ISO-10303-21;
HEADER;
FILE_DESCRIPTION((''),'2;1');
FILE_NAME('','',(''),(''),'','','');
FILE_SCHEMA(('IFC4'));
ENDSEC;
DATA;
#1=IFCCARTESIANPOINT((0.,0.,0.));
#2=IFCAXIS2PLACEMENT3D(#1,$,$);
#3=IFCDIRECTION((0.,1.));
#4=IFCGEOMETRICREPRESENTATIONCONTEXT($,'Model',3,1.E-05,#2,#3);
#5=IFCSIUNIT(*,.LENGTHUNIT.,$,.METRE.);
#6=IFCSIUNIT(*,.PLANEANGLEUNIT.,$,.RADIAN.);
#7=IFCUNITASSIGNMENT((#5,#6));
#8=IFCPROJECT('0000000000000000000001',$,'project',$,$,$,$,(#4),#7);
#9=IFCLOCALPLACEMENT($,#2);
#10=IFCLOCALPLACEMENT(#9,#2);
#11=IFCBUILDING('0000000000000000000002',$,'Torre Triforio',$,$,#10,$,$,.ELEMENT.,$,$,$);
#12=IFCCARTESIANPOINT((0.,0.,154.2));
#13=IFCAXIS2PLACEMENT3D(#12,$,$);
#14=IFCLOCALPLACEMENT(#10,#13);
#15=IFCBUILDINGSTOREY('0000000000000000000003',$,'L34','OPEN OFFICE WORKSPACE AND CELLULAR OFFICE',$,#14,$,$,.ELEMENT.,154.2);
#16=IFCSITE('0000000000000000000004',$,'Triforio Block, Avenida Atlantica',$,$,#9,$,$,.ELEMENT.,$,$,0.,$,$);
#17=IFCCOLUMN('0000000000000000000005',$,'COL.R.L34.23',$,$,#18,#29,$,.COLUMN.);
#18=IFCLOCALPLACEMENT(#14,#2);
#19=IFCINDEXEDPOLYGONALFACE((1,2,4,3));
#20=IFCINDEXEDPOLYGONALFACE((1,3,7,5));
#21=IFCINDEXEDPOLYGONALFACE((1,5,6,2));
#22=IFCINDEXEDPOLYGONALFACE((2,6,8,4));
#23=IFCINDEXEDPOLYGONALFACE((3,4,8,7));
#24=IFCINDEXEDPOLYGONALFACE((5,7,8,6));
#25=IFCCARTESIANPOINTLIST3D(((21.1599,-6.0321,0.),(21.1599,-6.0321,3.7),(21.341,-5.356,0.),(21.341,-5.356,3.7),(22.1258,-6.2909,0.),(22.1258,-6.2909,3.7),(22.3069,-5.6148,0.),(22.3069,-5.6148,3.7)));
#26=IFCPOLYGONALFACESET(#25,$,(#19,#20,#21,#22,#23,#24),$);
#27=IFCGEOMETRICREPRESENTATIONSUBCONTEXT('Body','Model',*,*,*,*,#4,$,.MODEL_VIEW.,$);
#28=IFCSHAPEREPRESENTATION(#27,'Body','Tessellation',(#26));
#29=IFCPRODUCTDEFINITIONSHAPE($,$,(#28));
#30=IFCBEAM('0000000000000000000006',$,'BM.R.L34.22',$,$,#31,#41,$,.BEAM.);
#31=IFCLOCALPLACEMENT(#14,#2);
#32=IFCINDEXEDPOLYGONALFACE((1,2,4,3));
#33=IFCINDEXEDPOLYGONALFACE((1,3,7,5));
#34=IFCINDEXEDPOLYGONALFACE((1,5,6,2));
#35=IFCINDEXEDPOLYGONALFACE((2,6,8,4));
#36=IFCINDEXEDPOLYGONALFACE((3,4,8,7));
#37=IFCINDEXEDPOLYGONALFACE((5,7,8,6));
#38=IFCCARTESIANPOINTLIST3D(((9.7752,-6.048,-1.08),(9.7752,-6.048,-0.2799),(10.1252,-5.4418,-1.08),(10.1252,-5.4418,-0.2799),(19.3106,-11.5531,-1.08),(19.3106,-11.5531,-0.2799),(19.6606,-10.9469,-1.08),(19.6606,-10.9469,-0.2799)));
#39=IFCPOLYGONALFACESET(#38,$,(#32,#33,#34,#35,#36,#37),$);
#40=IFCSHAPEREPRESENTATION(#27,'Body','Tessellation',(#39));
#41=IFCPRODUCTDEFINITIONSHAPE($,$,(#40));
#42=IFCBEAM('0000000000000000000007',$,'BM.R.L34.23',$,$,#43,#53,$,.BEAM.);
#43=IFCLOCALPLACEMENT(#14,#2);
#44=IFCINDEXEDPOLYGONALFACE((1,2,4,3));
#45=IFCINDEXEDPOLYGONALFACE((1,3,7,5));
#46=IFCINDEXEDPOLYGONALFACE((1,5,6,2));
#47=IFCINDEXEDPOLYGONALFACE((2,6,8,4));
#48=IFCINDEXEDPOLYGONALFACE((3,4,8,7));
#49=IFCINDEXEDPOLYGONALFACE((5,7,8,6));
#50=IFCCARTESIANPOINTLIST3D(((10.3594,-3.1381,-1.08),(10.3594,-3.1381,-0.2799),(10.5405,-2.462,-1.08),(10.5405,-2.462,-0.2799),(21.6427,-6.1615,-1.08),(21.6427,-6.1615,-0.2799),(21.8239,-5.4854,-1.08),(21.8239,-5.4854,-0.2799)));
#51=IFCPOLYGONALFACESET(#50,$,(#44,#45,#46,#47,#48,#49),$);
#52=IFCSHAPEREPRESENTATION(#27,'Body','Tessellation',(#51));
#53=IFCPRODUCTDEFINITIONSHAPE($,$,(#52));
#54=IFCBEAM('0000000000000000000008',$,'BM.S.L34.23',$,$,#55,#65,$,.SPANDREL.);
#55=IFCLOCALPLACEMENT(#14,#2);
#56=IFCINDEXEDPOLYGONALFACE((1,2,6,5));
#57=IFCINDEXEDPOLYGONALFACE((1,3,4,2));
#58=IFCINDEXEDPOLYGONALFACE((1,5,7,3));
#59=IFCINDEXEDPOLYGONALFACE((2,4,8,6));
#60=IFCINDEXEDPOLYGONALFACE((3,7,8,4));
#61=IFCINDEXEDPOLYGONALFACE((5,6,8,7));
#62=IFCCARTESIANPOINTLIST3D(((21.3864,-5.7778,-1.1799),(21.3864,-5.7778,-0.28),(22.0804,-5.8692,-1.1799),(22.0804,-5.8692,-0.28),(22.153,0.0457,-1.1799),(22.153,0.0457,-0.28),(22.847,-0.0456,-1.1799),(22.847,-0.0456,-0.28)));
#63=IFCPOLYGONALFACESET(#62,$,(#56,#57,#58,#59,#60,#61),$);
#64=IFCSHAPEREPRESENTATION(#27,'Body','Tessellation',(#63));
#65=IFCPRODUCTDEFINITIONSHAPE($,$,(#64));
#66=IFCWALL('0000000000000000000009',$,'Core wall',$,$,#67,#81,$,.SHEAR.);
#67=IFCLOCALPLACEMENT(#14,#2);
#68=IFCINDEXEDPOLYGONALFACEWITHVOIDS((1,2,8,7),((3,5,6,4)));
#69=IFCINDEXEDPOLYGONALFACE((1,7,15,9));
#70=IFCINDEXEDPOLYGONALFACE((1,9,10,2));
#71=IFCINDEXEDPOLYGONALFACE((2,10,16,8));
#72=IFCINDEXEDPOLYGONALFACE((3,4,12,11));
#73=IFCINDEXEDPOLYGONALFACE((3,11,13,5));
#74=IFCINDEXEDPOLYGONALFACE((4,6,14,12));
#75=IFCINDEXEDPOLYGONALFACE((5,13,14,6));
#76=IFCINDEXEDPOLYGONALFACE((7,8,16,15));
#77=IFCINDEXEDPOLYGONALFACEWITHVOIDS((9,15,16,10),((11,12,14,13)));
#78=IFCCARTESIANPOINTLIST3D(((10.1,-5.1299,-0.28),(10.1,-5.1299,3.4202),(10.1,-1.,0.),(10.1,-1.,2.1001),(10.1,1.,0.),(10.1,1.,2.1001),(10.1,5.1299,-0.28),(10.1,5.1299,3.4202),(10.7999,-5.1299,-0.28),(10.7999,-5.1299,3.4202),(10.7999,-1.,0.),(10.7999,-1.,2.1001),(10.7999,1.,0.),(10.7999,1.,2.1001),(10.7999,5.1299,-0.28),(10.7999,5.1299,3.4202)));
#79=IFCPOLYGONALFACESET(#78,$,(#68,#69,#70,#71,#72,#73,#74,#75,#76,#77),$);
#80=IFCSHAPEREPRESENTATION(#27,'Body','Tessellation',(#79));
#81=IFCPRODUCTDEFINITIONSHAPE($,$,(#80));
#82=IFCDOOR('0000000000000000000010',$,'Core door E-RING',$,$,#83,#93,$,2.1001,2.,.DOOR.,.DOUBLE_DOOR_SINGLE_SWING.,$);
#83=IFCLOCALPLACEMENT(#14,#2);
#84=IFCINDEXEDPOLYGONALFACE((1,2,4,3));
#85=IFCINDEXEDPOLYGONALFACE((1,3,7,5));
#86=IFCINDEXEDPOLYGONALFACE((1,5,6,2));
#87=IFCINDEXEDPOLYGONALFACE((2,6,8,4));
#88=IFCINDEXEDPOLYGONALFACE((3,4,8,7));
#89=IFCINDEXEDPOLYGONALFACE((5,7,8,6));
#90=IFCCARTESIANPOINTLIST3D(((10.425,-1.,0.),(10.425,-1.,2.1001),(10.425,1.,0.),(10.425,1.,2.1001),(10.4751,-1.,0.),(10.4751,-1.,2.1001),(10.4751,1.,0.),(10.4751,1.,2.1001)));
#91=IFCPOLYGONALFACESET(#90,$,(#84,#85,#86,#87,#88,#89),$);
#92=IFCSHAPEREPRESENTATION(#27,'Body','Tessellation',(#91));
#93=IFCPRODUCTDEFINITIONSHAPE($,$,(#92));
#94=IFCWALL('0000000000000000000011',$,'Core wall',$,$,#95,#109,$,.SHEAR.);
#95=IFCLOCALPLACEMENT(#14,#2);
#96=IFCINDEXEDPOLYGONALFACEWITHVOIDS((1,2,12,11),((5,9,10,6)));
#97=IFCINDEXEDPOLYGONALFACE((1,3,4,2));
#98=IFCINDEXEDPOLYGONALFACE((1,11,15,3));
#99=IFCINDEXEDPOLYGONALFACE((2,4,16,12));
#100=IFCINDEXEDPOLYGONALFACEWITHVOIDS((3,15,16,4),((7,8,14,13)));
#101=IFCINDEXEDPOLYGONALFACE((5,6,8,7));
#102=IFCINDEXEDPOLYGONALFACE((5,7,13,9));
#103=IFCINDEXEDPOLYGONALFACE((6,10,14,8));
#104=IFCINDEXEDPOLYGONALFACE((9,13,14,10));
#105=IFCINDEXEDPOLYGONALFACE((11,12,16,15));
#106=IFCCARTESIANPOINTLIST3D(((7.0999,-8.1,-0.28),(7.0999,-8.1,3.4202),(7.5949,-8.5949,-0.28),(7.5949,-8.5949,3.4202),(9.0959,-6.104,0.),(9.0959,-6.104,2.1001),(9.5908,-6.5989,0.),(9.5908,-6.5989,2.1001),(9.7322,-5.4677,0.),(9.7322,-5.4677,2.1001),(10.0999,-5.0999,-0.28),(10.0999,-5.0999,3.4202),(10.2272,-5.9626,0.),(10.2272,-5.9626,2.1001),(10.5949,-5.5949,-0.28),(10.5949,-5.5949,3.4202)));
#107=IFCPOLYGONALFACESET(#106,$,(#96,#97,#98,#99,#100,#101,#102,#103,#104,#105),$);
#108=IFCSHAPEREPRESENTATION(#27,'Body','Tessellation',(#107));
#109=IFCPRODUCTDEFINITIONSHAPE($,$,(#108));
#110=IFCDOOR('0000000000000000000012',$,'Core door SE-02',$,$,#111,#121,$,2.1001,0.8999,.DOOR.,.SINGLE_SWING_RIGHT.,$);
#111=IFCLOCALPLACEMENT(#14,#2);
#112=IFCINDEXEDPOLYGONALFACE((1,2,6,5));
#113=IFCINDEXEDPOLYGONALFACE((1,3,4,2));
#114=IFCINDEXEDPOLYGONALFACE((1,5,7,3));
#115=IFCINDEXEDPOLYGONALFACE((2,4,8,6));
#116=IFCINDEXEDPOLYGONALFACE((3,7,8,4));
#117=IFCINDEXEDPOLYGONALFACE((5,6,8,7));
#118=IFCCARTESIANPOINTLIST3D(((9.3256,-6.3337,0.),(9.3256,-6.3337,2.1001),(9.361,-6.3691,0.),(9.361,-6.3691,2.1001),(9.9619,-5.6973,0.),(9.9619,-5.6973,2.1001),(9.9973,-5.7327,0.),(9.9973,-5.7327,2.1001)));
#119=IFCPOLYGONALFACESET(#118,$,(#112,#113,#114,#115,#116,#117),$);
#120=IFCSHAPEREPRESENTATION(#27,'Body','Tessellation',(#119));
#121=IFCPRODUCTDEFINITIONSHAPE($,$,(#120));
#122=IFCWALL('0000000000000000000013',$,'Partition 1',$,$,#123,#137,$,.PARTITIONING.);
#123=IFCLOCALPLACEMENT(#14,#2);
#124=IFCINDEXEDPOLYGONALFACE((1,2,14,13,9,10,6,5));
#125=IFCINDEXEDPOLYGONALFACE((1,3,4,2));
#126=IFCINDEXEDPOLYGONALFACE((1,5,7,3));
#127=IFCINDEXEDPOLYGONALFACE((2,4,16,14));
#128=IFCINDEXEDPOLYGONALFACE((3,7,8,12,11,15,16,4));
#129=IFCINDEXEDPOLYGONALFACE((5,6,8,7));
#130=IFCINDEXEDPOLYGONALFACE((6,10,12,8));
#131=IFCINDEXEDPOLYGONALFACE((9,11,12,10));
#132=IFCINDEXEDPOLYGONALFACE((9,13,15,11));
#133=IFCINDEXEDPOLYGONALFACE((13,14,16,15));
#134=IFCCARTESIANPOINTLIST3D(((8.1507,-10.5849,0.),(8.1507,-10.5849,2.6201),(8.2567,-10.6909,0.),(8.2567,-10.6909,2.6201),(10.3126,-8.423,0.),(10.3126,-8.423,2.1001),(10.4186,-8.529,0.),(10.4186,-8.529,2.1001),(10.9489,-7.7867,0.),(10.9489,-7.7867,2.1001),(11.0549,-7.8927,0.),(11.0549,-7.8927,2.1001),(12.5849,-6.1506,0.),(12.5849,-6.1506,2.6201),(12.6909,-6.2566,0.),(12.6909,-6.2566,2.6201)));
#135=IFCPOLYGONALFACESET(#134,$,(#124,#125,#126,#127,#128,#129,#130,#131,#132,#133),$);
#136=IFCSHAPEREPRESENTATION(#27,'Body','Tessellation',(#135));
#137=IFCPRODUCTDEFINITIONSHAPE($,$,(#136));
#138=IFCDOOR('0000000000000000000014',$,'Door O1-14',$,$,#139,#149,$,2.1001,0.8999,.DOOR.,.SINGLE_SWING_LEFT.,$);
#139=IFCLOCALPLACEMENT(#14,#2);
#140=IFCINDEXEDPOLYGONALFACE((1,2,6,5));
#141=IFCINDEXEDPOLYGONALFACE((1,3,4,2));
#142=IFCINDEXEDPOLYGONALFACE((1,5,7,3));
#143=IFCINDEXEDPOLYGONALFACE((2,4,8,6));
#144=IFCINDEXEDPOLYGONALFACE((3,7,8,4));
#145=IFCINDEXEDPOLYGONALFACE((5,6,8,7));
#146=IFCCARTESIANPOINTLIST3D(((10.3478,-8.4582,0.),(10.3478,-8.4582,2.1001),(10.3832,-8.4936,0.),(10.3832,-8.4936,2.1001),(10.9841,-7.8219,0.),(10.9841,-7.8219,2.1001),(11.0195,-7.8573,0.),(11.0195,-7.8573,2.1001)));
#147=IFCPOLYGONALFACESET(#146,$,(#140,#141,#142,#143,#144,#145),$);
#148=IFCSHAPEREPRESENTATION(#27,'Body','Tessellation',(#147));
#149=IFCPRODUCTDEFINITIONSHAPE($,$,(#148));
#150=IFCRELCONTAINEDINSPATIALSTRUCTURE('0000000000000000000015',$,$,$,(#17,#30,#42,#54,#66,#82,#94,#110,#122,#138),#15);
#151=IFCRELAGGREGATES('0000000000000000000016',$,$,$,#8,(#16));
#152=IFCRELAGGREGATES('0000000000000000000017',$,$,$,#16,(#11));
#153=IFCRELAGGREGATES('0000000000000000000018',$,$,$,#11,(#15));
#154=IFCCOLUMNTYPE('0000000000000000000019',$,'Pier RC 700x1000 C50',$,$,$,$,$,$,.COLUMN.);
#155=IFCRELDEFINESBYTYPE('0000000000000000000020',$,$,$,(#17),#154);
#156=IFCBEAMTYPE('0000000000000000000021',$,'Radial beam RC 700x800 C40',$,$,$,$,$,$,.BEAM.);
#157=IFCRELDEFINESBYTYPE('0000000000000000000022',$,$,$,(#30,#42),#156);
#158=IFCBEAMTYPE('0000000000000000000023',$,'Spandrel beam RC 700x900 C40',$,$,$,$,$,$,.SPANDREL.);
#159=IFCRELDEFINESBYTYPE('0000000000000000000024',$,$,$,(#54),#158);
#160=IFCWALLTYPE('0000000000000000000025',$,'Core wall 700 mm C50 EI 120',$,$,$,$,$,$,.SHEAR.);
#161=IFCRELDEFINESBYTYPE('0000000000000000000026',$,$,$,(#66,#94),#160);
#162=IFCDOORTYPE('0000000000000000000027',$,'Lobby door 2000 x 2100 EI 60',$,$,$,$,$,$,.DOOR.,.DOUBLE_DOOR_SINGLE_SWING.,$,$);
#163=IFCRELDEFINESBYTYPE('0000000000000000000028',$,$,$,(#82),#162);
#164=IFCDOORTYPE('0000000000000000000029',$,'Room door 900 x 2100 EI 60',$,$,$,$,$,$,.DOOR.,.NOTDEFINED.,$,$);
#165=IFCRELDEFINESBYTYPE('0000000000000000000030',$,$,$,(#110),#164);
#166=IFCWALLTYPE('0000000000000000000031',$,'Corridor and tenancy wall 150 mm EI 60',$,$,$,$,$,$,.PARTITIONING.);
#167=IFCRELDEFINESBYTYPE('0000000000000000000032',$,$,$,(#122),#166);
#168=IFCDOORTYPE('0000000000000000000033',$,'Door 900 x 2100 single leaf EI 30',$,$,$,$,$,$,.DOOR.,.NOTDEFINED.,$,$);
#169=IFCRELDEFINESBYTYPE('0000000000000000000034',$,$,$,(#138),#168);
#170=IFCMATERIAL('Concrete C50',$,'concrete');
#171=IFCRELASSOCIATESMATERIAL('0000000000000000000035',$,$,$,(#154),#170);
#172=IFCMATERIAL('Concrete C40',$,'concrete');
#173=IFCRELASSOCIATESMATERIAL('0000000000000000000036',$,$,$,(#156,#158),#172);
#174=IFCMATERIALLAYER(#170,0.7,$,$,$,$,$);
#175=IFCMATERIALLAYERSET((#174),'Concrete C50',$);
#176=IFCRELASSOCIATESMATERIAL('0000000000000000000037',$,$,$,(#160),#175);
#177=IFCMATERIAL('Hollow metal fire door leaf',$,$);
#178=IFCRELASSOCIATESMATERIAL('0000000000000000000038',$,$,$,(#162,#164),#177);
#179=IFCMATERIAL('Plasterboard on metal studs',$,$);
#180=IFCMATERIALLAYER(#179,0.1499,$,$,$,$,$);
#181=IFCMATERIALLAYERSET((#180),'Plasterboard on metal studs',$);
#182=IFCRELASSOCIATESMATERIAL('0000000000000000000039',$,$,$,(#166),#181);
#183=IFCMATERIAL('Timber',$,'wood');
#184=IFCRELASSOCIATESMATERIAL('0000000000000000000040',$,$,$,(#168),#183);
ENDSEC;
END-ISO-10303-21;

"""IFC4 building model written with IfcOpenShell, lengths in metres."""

from ifc_helpers import new_model, si_unit, direction, frame, frame_2d, origin, origin_2d, place, context, subcontext, project, spatial, rectangle, extrude, material, layer, layer_set, material_profile, profile_set, type_object, element, fill, save


model = new_model("IFC4")

# Units and contexts
model_context = context("Model", 3, precision=1e-05, world=origin(), true_north=direction((0.0, 1.0)))
body_context = subcontext(model_context, "Body", "Model", "MODEL_VIEW")
ifc_project = project(units=[si_unit("LENGTHUNIT", "METRE"), si_unit("PLANEANGLEUNIT", "RADIAN")], contexts=[model_context])

# Site, building, storey
site_placement = place(None, origin())
site = spatial("IfcSite", under=ifc_project, at=site_placement, Name="Triforio Block, Avenida Atlantica", CompositionType="ELEMENT", RefElevation=0.0)
building_placement = place(site_placement, origin())
building = spatial("IfcBuilding", under=site, at=building_placement, Name="Torre Triforio", CompositionType="ELEMENT")
storey_placement = place(building_placement, frame((0.0, 0.0, 154.2)))
storey = spatial("IfcBuildingStorey", under=building, at=storey_placement, Name="L34", Description="OPEN OFFICE WORKSPACE AND CELLULAR OFFICE", CompositionType="ELEMENT", Elevation=154.2)

# Column
ifc_material_1 = material(Name="Concrete C50", Category="concrete")
ifc_material_profile_1 = material_profile(ifc_material_1, rectangle(XDim=0.7, YDim=1.0, at=origin_2d()), Name="RC 700x1000")
ifc_profile_set_1 = profile_set([ifc_material_profile_1], Name="Concrete C50")
column_type = type_object("IfcColumnType", Name="Pier RC 700x1000 C50", PredefinedType="COLUMN", material=ifc_profile_set_1)
column_placement = place(storey_placement, frame((21.7334, -5.8235, 0.0), z_axis=(0.0, 0.0, 1.0), x_axis=(0.258819, 0.965926, 0.0)))
element("IfcColumn", 1, at=column_placement, inside=storey, type_object=column_type, Name="COL.R.L34.23", PredefinedType="COLUMN", context=body_context, shape_type="SweptSolid", body=[
    extrude(rectangle(XDim=0.7, YDim=1.0, at=origin_2d()), origin(), (0.0, 0.0, 1.0), 3.7),
])

# Beams
ifc_material_2 = material(Name="Concrete C40", Category="concrete")
ifc_material_profile_2 = material_profile(ifc_material_2, rectangle(XDim=0.7, YDim=0.8, at=origin_2d()), Name="RC 700x800")
ifc_profile_set_2 = profile_set([ifc_material_profile_2], Name="Concrete C40")
beam_type_1 = type_object("IfcBeamType", Name="Radial beam RC 700x800 C40", PredefinedType="BEAM", material=ifc_profile_set_2)
beam_1_placement = place(storey_placement, frame((9.9502, -5.7449, -0.6799), z_axis=(0.866031, -0.499991, 0.0), x_axis=(0.499991, 0.866031, 0.0)))
element("IfcBeam", 2, at=beam_1_placement, inside=storey, type_object=beam_type_1, Name="BM.R.L34.22", PredefinedType="BEAM", context=body_context, shape_type="SweptSolid", body=[
    extrude(rectangle(XDim=0.7, YDim=0.8, at=origin_2d()), origin(), (0.0, 0.0, 1.0), 11.0105),
])
beam_2_placement = place(storey_placement, frame((10.45, -2.8, -0.6799), z_axis=(0.965925, -0.258823, 0.0), x_axis=(0.258823, 0.965925, 0.0)))
element("IfcBeam", 3, at=beam_2_placement, inside=storey, type_object=beam_type_1, Name="BM.R.L34.23", PredefinedType="BEAM", context=body_context, shape_type="SweptSolid", body=[
    extrude(rectangle(XDim=0.7, YDim=0.8, at=origin_2d()), origin(), (0.0, 0.0, 1.0), 11.6814),
])
ifc_material_profile_3 = material_profile(ifc_material_2, rectangle(XDim=0.7, YDim=0.8999, at=origin_2d()), Name="RC 700x900")
ifc_profile_set_3 = profile_set([ifc_material_profile_3], Name="Concrete C40")
beam_type_2 = type_object("IfcBeamType", Name="Spandrel beam RC 700x900 C40", PredefinedType="SPANDREL", material=ifc_profile_set_3)
beam_3_placement = place(storey_placement, frame((21.7334, -5.8235, -0.73), z_axis=(0.130514, 0.991447, 0.0), x_axis=(-0.991447, 0.130514, 0.0)))
element("IfcBeam", 4, at=beam_3_placement, inside=storey, type_object=beam_type_2, Name="BM.S.L34.23", PredefinedType="SPANDREL", context=body_context, shape_type="SweptSolid", body=[
    extrude(rectangle(XDim=0.7, YDim=0.8999, at=origin_2d()), origin(), (0.0, 0.0, 1.0), 5.8738),
])

# Walls, openings, doors
ifc_layer_1 = layer(ifc_material_1, 0.7)
ifc_layer_set_1 = layer_set([ifc_layer_1], Name="Concrete C50")
wall_type_1 = type_object("IfcWallType", Name="Core wall 700 mm C50 EI 120", PredefinedType="SHEAR", material=ifc_layer_set_1)
wall_1_placement = place(storey_placement, frame((10.45, -5.1299, -0.28), z_axis=(0.0, 0.0, 1.0), x_axis=(0.0, 1.0, 0.0)))
wall_1 = element("IfcWall", 5, at=wall_1_placement, inside=storey, type_object=wall_type_1, Name="Core wall", PredefinedType="SHEAR", context=body_context, shape_type="SweptSolid", body=[
    extrude(rectangle(XDim=10.2598, YDim=0.7, at=frame_2d((5.1299, 0.0))), origin(), (0.0, 0.0, 1.0), 3.7002),
])
opening_1_placement = place(wall_1_placement, frame((4.1299, 0.0, 0.28)))
opening_1 = element("IfcOpeningElement", 6, at=opening_1_placement, cuts=wall_1, PredefinedType="OPENING", context=body_context, shape_type="SweptSolid", body=[
    extrude(rectangle(XDim=2.0, YDim=2.1001, at=frame_2d((1.0, 1.05))), frame((0.0, 0.3599, 0.0), z_axis=(0.0, -1.0, 0.0), x_axis=(1.0, 0.0, 0.0)), (0.0, 0.0, 1.0), 0.72),
])
ifc_material_3 = material(Name="Hollow metal fire door leaf")
door_type_1 = type_object("IfcDoorType", Name="Lobby door 2000 x 2100 EI 60", OperationType="DOUBLE_DOOR_SINGLE_SWING", PredefinedType="DOOR", material=ifc_material_3)
door_1_placement = place(opening_1_placement, origin())
door_1 = element("IfcDoor", 7, at=door_1_placement, inside=storey, type_object=door_type_1, Name="Core door E-RING", OperationType="DOUBLE_DOOR_SINGLE_SWING", OverallHeight=2.1001, OverallWidth=2.0, PredefinedType="DOOR", context=body_context, shape_type="SweptSolid", body=[
    extrude(rectangle(XDim=2.0, YDim=2.1001, at=frame_2d((1.0, 1.05))), frame((0.0, 0.0249, 0.0), z_axis=(0.0, -1.0, 0.0), x_axis=(1.0, 0.0, 0.0)), (0.0, 0.0, 1.0), 0.05),
])
fill(opening_1, door_1)
wall_2_placement = place(storey_placement, frame((10.3474, -5.3474, -0.28), z_axis=(0.0, 0.0, 1.0), x_axis=(-0.707107, -0.707107, 0.0)))
wall_2 = element("IfcWall", 8, at=wall_2_placement, inside=storey, type_object=wall_type_1, Name="Core wall", PredefinedType="SHEAR", context=body_context, shape_type="SweptSolid", body=[
    extrude(rectangle(XDim=4.2427, YDim=0.7, at=frame_2d((2.1213, 0.0))), origin(), (0.0, 0.0, 1.0), 3.7002),
])
opening_2_placement = place(wall_2_placement, frame((0.52, 0.0, 0.28)))
opening_2 = element("IfcOpeningElement", 9, at=opening_2_placement, cuts=wall_2, PredefinedType="OPENING", context=body_context, shape_type="SweptSolid", body=[
    extrude(rectangle(XDim=0.8999, YDim=2.1001, at=frame_2d((0.45, 1.05))), frame((0.0, 0.3599, 0.0), z_axis=(0.0, -1.0, 0.0), x_axis=(1.0, 0.0, 0.0)), (0.0, 0.0, 1.0), 0.72),
])
door_type_2 = type_object("IfcDoorType", Name="Room door 900 x 2100 EI 60", OperationType="NOTDEFINED", PredefinedType="DOOR", material=ifc_material_3)
door_2_placement = place(opening_2_placement, origin())
door_2 = element("IfcDoor", 10, at=door_2_placement, inside=storey, type_object=door_type_2, Name="Core door SE-02", OperationType="SINGLE_SWING_RIGHT", OverallHeight=2.1001, OverallWidth=0.8999, PredefinedType="DOOR", context=body_context, shape_type="SweptSolid", body=[
    extrude(rectangle(XDim=0.8999, YDim=2.1001, at=frame_2d((0.45, 1.05))), frame((0.0, 0.0249, 0.0), z_axis=(0.0, -1.0, 0.0), x_axis=(1.0, 0.0, 0.0)), (0.0, 0.0, 1.0), 0.05),
])
fill(opening_2, door_2)
ifc_material_4 = material(Name="Plasterboard on metal studs")
ifc_layer_2 = layer(ifc_material_4, 0.1499)
ifc_layer_set_2 = layer_set([ifc_layer_2], Name="Plasterboard on metal studs")
wall_type_2 = type_object("IfcWallType", Name="Corridor and tenancy wall 150 mm EI 60", PredefinedType="PARTITIONING", material=ifc_layer_set_2)
wall_3_placement = place(storey_placement, frame((12.6379, -6.2036, 0.0), z_axis=(0.0, 0.0, 1.0), x_axis=(-0.707107, -0.707107, 0.0)))
wall_3 = element("IfcWall", 11, at=wall_3_placement, inside=storey, type_object=wall_type_2, Name="Partition 1", PredefinedType="PARTITIONING", context=body_context, shape_type="SweptSolid", body=[
    extrude(rectangle(XDim=6.271, YDim=0.1499, at=frame_2d((3.1355, 0.0))), origin(), (0.0, 0.0, 1.0), 2.6201),
])
opening_3_placement = place(wall_3_placement, frame((2.3137, 0.0, 0.0)))
opening_3 = element("IfcOpeningElement", 12, at=opening_3_placement, cuts=wall_3, PredefinedType="OPENING", context=body_context, shape_type="SweptSolid", body=[
    extrude(rectangle(XDim=0.8999, YDim=2.1001, at=frame_2d((0.45, 1.05))), frame((0.0, 0.085, 0.0), z_axis=(0.0, -1.0, 0.0), x_axis=(1.0, 0.0, 0.0)), (0.0, 0.0, 1.0), 0.1699),
])
ifc_material_5 = material(Name="Timber", Category="wood")
door_type_3 = type_object("IfcDoorType", Name="Door 900 x 2100 single leaf EI 30", OperationType="NOTDEFINED", PredefinedType="DOOR", material=ifc_material_5)
door_3_placement = place(opening_3_placement, origin())
door_3 = element("IfcDoor", 13, at=door_3_placement, inside=storey, type_object=door_type_3, Name="Door O1-14", OperationType="SINGLE_SWING_LEFT", OverallHeight=2.1001, OverallWidth=0.8999, PredefinedType="DOOR", context=body_context, shape_type="SweptSolid", body=[
    extrude(rectangle(XDim=0.8999, YDim=2.1001, at=frame_2d((0.45, 1.05))), frame((0.0, 0.0249, 0.0), z_axis=(0.0, -1.0, 0.0), x_axis=(1.0, 0.0, 0.0)), (0.0, 0.0, 1.0), 0.05),
])
fill(opening_3, door_3)

save(model, "model.ifc")
